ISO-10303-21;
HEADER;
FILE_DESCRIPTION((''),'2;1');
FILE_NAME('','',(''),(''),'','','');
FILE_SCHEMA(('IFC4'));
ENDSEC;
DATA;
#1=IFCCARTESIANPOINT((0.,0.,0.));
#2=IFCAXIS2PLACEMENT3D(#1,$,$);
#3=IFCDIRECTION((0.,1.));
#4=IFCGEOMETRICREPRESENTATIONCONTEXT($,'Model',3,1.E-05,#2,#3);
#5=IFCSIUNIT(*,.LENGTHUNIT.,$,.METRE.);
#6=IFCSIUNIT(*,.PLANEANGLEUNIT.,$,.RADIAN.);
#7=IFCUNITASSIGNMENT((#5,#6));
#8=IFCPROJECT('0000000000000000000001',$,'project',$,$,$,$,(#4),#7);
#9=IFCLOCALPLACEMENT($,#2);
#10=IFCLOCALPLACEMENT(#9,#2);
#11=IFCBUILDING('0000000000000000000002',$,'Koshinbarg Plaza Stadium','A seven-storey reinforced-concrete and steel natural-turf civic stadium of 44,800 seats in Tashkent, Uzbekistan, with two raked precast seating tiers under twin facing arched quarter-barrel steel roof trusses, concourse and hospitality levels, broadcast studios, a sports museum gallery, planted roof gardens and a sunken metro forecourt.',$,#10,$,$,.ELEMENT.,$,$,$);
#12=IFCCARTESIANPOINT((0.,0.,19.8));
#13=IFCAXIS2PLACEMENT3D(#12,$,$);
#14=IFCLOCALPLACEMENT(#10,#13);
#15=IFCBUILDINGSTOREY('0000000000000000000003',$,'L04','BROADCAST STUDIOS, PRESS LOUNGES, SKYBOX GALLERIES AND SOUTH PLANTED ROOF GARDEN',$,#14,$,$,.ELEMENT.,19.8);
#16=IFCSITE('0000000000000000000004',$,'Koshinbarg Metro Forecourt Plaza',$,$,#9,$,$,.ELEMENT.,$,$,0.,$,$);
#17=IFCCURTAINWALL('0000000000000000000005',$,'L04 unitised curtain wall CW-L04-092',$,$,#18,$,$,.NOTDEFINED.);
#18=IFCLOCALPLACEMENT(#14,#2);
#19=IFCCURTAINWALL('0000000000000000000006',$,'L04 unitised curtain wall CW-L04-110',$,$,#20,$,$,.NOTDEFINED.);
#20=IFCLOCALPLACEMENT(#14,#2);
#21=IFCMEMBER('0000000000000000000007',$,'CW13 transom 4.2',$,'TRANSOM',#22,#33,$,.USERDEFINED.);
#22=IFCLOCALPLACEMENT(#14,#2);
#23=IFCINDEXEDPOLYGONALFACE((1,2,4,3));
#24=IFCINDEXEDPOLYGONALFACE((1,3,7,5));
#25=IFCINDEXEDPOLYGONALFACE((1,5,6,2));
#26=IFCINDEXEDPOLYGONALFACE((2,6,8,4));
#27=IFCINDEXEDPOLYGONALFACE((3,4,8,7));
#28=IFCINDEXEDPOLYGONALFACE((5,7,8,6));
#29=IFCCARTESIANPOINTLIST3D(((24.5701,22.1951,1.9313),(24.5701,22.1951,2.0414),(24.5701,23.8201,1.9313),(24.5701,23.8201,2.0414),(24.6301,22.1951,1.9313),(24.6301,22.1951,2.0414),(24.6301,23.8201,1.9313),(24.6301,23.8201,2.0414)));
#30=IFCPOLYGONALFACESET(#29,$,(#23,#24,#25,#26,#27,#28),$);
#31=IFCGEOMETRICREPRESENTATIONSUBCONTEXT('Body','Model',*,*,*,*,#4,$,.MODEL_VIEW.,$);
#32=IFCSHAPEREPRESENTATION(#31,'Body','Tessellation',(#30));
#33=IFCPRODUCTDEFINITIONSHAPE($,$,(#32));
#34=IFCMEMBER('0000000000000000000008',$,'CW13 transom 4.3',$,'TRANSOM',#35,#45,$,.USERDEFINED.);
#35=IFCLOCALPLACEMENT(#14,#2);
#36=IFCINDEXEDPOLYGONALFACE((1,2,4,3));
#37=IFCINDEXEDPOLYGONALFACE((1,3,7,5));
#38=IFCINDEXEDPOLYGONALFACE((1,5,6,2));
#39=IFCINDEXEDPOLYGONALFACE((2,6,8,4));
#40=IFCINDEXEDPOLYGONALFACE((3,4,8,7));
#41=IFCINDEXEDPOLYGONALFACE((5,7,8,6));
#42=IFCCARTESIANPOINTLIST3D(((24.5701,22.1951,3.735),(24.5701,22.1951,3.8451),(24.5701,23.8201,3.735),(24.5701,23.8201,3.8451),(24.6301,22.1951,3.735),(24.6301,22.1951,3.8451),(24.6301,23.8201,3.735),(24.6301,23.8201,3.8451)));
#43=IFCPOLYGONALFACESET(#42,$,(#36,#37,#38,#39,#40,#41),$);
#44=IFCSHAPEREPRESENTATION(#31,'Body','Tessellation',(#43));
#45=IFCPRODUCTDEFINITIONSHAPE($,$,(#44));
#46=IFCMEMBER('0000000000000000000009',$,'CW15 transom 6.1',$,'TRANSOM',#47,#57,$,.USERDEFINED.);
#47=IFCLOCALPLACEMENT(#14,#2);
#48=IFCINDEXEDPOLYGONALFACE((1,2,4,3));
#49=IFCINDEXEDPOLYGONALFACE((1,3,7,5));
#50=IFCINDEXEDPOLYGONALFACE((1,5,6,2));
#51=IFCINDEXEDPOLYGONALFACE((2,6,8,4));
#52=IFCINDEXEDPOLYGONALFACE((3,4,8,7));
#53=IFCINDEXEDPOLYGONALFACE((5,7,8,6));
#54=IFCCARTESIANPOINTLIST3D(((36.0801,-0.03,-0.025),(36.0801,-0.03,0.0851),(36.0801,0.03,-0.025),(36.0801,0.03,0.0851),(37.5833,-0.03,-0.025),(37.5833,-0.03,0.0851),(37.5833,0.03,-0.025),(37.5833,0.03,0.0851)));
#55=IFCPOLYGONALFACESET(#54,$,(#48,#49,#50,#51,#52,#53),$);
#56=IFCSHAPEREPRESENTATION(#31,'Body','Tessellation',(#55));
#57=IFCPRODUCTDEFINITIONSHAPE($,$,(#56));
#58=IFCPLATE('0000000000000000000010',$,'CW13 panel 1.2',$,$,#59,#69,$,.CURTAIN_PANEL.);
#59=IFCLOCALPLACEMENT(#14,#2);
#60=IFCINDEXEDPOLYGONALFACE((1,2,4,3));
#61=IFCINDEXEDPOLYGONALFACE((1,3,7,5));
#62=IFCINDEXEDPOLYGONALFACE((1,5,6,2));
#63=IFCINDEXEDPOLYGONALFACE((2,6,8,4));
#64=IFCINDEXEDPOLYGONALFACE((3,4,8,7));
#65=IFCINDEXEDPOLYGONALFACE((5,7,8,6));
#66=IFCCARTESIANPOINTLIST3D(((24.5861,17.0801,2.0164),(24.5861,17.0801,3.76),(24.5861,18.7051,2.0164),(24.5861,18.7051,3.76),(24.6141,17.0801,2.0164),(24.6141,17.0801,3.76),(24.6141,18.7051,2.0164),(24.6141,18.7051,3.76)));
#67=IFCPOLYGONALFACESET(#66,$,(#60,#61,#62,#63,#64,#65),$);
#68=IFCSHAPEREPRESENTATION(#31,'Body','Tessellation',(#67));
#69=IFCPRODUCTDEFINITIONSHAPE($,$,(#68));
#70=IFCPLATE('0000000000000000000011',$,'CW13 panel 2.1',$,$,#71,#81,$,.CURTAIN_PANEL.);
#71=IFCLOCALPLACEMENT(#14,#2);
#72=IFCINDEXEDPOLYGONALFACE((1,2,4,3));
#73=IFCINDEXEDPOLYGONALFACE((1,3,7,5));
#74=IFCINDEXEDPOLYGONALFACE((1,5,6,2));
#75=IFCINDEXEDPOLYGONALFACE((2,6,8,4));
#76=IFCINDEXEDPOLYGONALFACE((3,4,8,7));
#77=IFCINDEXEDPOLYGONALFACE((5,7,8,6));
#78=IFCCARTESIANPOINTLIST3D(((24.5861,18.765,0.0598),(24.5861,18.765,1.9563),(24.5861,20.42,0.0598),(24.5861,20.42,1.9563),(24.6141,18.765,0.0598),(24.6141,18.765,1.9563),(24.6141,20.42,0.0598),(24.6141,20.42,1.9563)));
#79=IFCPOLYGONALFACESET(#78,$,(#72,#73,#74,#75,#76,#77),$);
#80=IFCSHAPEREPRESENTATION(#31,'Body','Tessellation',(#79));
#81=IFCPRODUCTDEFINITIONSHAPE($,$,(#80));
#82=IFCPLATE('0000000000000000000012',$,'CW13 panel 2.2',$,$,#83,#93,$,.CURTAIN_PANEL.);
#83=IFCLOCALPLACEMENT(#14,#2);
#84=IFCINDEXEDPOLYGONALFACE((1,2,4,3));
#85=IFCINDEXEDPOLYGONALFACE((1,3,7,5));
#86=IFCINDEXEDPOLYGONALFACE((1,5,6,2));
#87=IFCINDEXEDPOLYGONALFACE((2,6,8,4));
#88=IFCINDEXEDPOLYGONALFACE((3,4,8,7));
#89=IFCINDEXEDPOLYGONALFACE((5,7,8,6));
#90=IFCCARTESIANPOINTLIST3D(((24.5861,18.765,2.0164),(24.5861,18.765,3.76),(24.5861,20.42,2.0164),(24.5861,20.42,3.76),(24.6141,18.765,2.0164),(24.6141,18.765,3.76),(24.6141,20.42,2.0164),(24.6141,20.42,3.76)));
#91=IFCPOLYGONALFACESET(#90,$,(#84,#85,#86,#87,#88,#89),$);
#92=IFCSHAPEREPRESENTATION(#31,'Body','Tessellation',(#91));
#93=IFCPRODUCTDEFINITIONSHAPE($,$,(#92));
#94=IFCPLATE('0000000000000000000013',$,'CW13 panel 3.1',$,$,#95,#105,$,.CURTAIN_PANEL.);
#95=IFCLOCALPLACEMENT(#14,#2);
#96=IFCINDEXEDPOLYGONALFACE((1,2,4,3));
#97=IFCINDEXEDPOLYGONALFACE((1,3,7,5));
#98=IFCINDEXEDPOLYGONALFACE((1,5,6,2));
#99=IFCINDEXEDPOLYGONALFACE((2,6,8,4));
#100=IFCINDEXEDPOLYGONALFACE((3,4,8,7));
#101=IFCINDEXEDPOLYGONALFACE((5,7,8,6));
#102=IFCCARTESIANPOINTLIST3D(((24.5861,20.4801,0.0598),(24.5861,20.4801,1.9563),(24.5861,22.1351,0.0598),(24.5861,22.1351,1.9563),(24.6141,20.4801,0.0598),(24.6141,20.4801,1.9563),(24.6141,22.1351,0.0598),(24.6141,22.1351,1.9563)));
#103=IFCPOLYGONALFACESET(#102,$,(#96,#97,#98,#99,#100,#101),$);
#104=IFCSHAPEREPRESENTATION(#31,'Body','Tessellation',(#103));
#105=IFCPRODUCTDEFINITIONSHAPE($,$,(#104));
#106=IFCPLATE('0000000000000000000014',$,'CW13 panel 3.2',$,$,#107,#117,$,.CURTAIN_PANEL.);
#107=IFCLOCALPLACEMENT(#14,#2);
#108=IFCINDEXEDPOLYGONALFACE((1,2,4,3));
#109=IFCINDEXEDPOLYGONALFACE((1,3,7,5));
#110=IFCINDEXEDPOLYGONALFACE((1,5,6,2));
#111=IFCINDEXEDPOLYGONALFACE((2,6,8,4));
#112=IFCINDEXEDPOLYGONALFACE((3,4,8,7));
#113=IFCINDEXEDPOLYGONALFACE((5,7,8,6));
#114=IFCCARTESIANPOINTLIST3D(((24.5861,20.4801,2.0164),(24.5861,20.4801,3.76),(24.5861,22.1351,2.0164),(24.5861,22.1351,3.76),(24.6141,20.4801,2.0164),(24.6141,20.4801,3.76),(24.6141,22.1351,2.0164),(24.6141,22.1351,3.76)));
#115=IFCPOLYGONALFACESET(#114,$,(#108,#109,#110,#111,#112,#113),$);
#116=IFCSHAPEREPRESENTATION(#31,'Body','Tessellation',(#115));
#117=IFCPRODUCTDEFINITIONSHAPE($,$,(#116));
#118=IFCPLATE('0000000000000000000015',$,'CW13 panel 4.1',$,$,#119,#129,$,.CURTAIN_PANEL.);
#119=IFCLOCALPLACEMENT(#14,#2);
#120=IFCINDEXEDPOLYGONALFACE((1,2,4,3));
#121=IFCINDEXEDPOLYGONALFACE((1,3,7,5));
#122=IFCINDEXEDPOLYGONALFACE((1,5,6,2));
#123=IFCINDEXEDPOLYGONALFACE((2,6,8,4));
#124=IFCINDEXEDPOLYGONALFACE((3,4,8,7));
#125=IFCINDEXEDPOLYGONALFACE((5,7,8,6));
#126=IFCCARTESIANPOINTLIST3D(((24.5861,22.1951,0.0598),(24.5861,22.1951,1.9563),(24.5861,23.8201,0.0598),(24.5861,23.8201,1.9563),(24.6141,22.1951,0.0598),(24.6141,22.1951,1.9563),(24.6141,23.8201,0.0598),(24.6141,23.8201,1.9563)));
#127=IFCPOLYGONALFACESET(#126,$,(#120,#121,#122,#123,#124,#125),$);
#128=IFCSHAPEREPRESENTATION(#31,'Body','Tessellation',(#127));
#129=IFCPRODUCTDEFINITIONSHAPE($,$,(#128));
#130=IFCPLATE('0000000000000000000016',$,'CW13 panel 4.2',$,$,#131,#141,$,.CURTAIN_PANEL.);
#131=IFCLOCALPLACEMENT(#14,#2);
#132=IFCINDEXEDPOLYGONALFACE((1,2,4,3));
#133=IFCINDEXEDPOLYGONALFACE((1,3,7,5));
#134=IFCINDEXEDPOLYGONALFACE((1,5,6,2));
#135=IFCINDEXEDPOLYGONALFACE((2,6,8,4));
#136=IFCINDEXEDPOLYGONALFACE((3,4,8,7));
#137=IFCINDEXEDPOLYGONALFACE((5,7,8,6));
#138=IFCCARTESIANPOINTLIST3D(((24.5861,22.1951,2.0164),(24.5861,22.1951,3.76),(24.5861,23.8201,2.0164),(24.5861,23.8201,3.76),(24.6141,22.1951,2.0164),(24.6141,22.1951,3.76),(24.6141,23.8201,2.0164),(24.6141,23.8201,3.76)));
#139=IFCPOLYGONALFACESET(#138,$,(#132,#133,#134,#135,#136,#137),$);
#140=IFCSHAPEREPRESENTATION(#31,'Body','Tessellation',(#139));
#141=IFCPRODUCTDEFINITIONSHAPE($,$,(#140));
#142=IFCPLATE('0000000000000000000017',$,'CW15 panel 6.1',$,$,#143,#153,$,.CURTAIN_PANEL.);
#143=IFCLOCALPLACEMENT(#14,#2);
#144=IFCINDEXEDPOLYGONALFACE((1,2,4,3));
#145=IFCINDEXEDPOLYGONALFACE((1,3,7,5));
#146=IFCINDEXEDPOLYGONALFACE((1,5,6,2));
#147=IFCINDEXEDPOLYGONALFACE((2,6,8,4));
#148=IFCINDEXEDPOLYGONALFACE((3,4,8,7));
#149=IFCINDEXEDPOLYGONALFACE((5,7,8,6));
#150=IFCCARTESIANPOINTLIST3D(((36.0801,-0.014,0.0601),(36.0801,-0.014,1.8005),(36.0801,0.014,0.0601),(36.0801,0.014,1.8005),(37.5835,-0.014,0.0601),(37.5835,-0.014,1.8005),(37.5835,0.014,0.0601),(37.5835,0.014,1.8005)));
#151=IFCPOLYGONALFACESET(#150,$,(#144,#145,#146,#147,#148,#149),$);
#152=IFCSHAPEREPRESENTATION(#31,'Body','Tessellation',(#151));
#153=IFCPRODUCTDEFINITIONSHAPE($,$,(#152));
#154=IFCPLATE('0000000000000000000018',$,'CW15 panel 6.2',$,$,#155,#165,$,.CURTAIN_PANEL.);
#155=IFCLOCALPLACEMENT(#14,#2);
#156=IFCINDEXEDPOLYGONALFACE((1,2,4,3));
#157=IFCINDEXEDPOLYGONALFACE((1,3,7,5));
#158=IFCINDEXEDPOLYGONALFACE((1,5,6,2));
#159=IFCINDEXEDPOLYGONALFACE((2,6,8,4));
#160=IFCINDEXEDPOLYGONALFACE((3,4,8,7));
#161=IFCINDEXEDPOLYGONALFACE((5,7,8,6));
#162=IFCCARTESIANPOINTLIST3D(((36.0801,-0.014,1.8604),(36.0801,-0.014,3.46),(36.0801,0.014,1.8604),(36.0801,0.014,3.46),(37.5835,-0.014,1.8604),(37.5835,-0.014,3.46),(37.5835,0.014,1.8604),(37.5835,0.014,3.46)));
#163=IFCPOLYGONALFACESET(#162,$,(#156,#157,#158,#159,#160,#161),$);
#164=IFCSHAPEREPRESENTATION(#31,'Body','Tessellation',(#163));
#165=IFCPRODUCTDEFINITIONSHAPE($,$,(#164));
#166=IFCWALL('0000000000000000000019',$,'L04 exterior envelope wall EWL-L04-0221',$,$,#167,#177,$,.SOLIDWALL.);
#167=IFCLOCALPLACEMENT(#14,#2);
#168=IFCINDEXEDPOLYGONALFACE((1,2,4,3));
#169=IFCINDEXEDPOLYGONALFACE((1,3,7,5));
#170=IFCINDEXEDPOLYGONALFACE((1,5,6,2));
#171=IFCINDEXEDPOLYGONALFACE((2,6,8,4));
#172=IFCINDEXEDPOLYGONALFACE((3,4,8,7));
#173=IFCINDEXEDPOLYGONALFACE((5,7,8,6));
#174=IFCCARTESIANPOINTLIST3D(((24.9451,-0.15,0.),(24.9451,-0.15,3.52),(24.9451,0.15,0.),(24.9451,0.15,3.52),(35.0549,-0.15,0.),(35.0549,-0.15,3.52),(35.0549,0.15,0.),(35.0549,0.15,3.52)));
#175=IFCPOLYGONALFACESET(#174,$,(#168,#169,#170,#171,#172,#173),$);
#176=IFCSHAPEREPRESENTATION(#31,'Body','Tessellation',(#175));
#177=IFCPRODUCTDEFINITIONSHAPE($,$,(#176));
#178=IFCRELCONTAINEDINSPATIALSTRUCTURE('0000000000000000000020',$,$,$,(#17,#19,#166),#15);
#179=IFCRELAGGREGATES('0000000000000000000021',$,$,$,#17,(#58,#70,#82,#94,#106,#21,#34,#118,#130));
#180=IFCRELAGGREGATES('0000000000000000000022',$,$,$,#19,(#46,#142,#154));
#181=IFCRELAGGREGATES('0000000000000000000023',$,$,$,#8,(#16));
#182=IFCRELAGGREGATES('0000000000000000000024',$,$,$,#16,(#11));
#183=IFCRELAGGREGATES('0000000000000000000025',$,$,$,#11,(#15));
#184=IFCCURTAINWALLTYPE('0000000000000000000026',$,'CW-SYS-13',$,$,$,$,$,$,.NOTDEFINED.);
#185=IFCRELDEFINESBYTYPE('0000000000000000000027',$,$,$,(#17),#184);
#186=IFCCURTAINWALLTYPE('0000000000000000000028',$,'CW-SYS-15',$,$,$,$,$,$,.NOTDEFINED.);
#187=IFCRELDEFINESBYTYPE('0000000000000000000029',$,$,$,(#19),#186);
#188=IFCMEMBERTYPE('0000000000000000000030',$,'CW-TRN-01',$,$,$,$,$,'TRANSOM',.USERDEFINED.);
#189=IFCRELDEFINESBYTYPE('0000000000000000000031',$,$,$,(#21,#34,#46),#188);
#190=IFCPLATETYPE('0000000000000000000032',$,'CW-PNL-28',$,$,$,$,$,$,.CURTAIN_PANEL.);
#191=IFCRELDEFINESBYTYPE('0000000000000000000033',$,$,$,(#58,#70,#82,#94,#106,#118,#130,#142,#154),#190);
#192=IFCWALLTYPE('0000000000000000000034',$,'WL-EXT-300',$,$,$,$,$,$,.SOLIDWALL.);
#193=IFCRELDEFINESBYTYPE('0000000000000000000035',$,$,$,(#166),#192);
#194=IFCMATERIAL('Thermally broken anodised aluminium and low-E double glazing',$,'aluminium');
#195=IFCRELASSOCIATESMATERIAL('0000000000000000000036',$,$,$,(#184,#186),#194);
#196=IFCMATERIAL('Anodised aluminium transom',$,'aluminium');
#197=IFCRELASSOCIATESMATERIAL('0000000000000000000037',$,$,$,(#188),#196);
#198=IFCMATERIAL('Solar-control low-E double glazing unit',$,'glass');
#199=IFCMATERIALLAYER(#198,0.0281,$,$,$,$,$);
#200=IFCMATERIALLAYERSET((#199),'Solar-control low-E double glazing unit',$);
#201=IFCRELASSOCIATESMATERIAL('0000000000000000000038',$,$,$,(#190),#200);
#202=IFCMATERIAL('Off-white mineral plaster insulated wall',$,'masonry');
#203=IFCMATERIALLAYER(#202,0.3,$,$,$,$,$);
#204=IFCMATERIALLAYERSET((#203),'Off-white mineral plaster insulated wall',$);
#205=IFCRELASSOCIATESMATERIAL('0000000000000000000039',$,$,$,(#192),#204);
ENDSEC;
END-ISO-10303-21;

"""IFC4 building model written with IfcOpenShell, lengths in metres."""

from ifc_helpers import new_model, si_unit, direction, frame, frame_2d, origin, origin_2d, place, context, subcontext, project, spatial, rectangle, extrude, material, layer, layer_set, material_profile, profile_set, type_object, element, aggregate, save


model = new_model("IFC4")

# Units and contexts
model_context = context("Model", 3, precision=1e-05, world=origin(), true_north=direction((0.0, 1.0)))
body_context = subcontext(model_context, "Body", "Model", "MODEL_VIEW")
ifc_project = project(units=[si_unit("LENGTHUNIT", "METRE"), si_unit("PLANEANGLEUNIT", "RADIAN")], contexts=[model_context])

# Site, building, storey
site_placement = place(None, origin())
site = spatial("IfcSite", under=ifc_project, at=site_placement, Name="Koshinbarg Metro Forecourt Plaza", CompositionType="ELEMENT", RefElevation=0.0)
building_placement = place(site_placement, origin())
building = spatial("IfcBuilding", under=site, at=building_placement, Name="Koshinbarg Plaza Stadium", Description="A seven-storey reinforced-concrete and steel natural-turf civic stadium of 44,800 seats in Tashkent, Uzbekistan, with two raked precast seating tiers under twin facing arched quarter-barrel steel roof trusses, concourse and hospitality levels, broadcast studios, a sports museum gallery, planted roof gardens and a sunken metro forecourt.", CompositionType="ELEMENT")
storey_placement = place(building_placement, frame((0.0, 0.0, 19.8)))
storey = spatial("IfcBuildingStorey", under=building, at=storey_placement, Name="L04", Description="BROADCAST STUDIOS, PRESS LOUNGES, SKYBOX GALLERIES AND SOUTH PLANTED ROOF GARDEN", CompositionType="ELEMENT", Elevation=19.8)

# Curtain wall
ifc_material_1 = material(Name="Thermally broken anodised aluminium and low-E double glazing", Category="aluminium")
curtain_wall_type_1 = type_object("IfcCurtainWallType", Name="CW-SYS-13", PredefinedType="NOTDEFINED", material=ifc_material_1)
curtain_wall_1_placement = place(storey_placement, origin())
curtain_wall_1 = element("IfcCurtainWall", 1, at=curtain_wall_1_placement, inside=storey, type_object=curtain_wall_type_1, Name="L04 unitised curtain wall CW-L04-092", PredefinedType="NOTDEFINED")

# Curtain wall
curtain_wall_type_2 = type_object("IfcCurtainWallType", Name="CW-SYS-15", PredefinedType="NOTDEFINED", material=ifc_material_1)
curtain_wall_2_placement = place(storey_placement, origin())
curtain_wall_2 = element("IfcCurtainWall", 2, at=curtain_wall_2_placement, inside=storey, type_object=curtain_wall_type_2, Name="L04 unitised curtain wall CW-L04-110", PredefinedType="NOTDEFINED")

# Members
ifc_material_2 = material(Name="Anodised aluminium transom", Category="aluminium")
ifc_material_profile_1 = material_profile(ifc_material_2, rectangle(XDim=0.0601, YDim=0.1101, at=origin_2d()), Name="ALU 60x110")
ifc_profile_set_1 = profile_set([ifc_material_profile_1], Name="Anodised aluminium transom")
member_type_1 = type_object("IfcMemberType", Name="CW-TRN-01", ElementType="TRANSOM", PredefinedType="USERDEFINED", material=ifc_profile_set_1)
member_1_placement = place(storey_placement, frame((24.6001, 22.1951, 1.9863), z_axis=(0.0, 1.0, 0.0), x_axis=(-1.0, 0.0, 0.0)))
member_1 = element("IfcMember", 3, at=member_1_placement, type_object=member_type_1, Name="CW13 transom 4.2", ObjectType="TRANSOM", PredefinedType="USERDEFINED", context=body_context, shape_type="SweptSolid", body=[
    extrude(rectangle(XDim=0.0601, YDim=0.1101, at=origin_2d()), origin(), (0.0, 0.0, 1.0), 1.625),
])
member_2_placement = place(storey_placement, frame((24.6001, 22.1951, 3.79), z_axis=(0.0, 1.0, 0.0), x_axis=(-1.0, 0.0, 0.0)))
member_2 = element("IfcMember", 4, at=member_2_placement, type_object=member_type_1, Name="CW13 transom 4.3", ObjectType="TRANSOM", PredefinedType="USERDEFINED", context=body_context, shape_type="SweptSolid", body=[
    extrude(rectangle(XDim=0.0601, YDim=0.1101, at=origin_2d()), origin(), (0.0, 0.0, 1.0), 1.625),
])
member_3_placement = place(storey_placement, frame((37.5833, 0.0, 0.03), z_axis=(-1.0, 0.0, 0.0), x_axis=(0.0, -1.0, 0.0)))
member_3 = element("IfcMember", 5, at=member_3_placement, type_object=member_type_1, Name="CW15 transom 6.1", ObjectType="TRANSOM", PredefinedType="USERDEFINED", context=body_context, shape_type="SweptSolid", body=[
    extrude(rectangle(XDim=0.0601, YDim=0.1101, at=origin_2d()), origin(), (0.0, 0.0, 1.0), 1.5032),
])

# Plates
ifc_material_3 = material(Name="Solar-control low-E double glazing unit", Category="glass")
ifc_layer_1 = layer(ifc_material_3, 0.0281)
ifc_layer_set_1 = layer_set([ifc_layer_1], Name="Solar-control low-E double glazing unit")
plate_type = type_object("IfcPlateType", Name="CW-PNL-28", PredefinedType="CURTAIN_PANEL", material=ifc_layer_set_1)
plate_1_placement = place(storey_placement, frame((24.6001, 17.8926, 2.0164), z_axis=(0.0, 0.0, 1.0), x_axis=(0.0, 1.0, 0.0)))
plate_1 = element("IfcPlate", 6, at=plate_1_placement, type_object=plate_type, Name="CW13 panel 1.2", PredefinedType="CURTAIN_PANEL", context=body_context, shape_type="SweptSolid", body=[
    extrude(rectangle(XDim=1.625, YDim=0.0281, at=origin_2d()), origin(), (0.0, 0.0, 1.0), 1.7437),
])
plate_2_placement = place(storey_placement, frame((24.6001, 19.5925, 0.0598), z_axis=(0.0, 0.0, 1.0), x_axis=(0.0, 1.0, 0.0)))
plate_2 = element("IfcPlate", 7, at=plate_2_placement, type_object=plate_type, Name="CW13 panel 2.1", PredefinedType="CURTAIN_PANEL", context=body_context, shape_type="SweptSolid", body=[
    extrude(rectangle(XDim=1.655, YDim=0.0281, at=origin_2d()), origin(), (0.0, 0.0, 1.0), 1.8965),
])
plate_3_placement = place(storey_placement, frame((24.6001, 19.5925, 2.0164), z_axis=(0.0, 0.0, 1.0), x_axis=(0.0, 1.0, 0.0)))
plate_3 = element("IfcPlate", 8, at=plate_3_placement, type_object=plate_type, Name="CW13 panel 2.2", PredefinedType="CURTAIN_PANEL", context=body_context, shape_type="SweptSolid", body=[
    extrude(rectangle(XDim=1.655, YDim=0.0281, at=origin_2d()), origin(), (0.0, 0.0, 1.0), 1.7437),
])
plate_4_placement = place(storey_placement, frame((24.6001, 21.3076, 0.0598), z_axis=(0.0, 0.0, 1.0), x_axis=(0.0, 1.0, 0.0)))
plate_4 = element("IfcPlate", 9, at=plate_4_placement, type_object=plate_type, Name="CW13 panel 3.1", PredefinedType="CURTAIN_PANEL", context=body_context, shape_type="SweptSolid", body=[
    extrude(rectangle(XDim=1.655, YDim=0.0281, at=origin_2d()), origin(), (0.0, 0.0, 1.0), 1.8965),
])
plate_5_placement = place(storey_placement, frame((24.6001, 21.3076, 2.0164), z_axis=(0.0, 0.0, 1.0), x_axis=(0.0, 1.0, 0.0)))
plate_5 = element("IfcPlate", 10, at=plate_5_placement, type_object=plate_type, Name="CW13 panel 3.2", PredefinedType="CURTAIN_PANEL", context=body_context, shape_type="SweptSolid", body=[
    extrude(rectangle(XDim=1.655, YDim=0.0281, at=origin_2d()), origin(), (0.0, 0.0, 1.0), 1.7437),
])
plate_6_placement = place(storey_placement, frame((24.6001, 23.0076, 0.0598), z_axis=(0.0, 0.0, 1.0), x_axis=(0.0, 1.0, 0.0)))
plate_6 = element("IfcPlate", 11, at=plate_6_placement, type_object=plate_type, Name="CW13 panel 4.1", PredefinedType="CURTAIN_PANEL", context=body_context, shape_type="SweptSolid", body=[
    extrude(rectangle(XDim=1.625, YDim=0.0281, at=origin_2d()), origin(), (0.0, 0.0, 1.0), 1.8965),
])
plate_7_placement = place(storey_placement, frame((24.6001, 23.0076, 2.0164), z_axis=(0.0, 0.0, 1.0), x_axis=(0.0, 1.0, 0.0)))
plate_7 = element("IfcPlate", 12, at=plate_7_placement, type_object=plate_type, Name="CW13 panel 4.2", PredefinedType="CURTAIN_PANEL", context=body_context, shape_type="SweptSolid", body=[
    extrude(rectangle(XDim=1.625, YDim=0.0281, at=origin_2d()), origin(), (0.0, 0.0, 1.0), 1.7437),
])
aggregate(curtain_wall_1, [plate_1, plate_2, plate_3, plate_4, plate_5, member_1, member_2, plate_6, plate_7])
plate_8_placement = place(storey_placement, frame((36.8318, 0.0, 0.0601), z_axis=(0.0, 0.0, 1.0), x_axis=(-1.0, 0.0, 0.0)))
plate_8 = element("IfcPlate", 13, at=plate_8_placement, type_object=plate_type, Name="CW15 panel 6.1", PredefinedType="CURTAIN_PANEL", context=body_context, shape_type="SweptSolid", body=[
    extrude(rectangle(XDim=1.5034, YDim=0.0281, at=origin_2d()), origin(), (0.0, 0.0, 1.0), 1.7405),
])
plate_9_placement = place(storey_placement, frame((36.8318, 0.0, 1.8604), z_axis=(0.0, 0.0, 1.0), x_axis=(-1.0, 0.0, 0.0)))
plate_9 = element("IfcPlate", 14, at=plate_9_placement, type_object=plate_type, Name="CW15 panel 6.2", PredefinedType="CURTAIN_PANEL", context=body_context, shape_type="SweptSolid", body=[
    extrude(rectangle(XDim=1.5034, YDim=0.0281, at=origin_2d()), origin(), (0.0, 0.0, 1.0), 1.5996),
])
aggregate(curtain_wall_2, [member_3, plate_8, plate_9])

# Wall
ifc_material_4 = material(Name="Off-white mineral plaster insulated wall", Category="masonry")
ifc_layer_2 = layer(ifc_material_4, 0.3)
ifc_layer_set_2 = layer_set([ifc_layer_2], Name="Off-white mineral plaster insulated wall")
wall_type = type_object("IfcWallType", Name="WL-EXT-300", PredefinedType="SOLIDWALL", material=ifc_layer_set_2)
wall_placement = place(storey_placement, frame((35.0549, 0.0, 0.0), z_axis=(0.0, 0.0, 1.0), x_axis=(-1.0, 0.0, 0.0)))
element("IfcWall", 15, at=wall_placement, inside=storey, type_object=wall_type, Name="L04 exterior envelope wall EWL-L04-0221", PredefinedType="SOLIDWALL", context=body_context, shape_type="SweptSolid", body=[
    extrude(rectangle(XDim=10.1099, YDim=0.3, at=frame_2d((5.0549, 0.0))), origin(), (0.0, 0.0, 1.0), 3.52),
])

save(model, "model.ifc")
